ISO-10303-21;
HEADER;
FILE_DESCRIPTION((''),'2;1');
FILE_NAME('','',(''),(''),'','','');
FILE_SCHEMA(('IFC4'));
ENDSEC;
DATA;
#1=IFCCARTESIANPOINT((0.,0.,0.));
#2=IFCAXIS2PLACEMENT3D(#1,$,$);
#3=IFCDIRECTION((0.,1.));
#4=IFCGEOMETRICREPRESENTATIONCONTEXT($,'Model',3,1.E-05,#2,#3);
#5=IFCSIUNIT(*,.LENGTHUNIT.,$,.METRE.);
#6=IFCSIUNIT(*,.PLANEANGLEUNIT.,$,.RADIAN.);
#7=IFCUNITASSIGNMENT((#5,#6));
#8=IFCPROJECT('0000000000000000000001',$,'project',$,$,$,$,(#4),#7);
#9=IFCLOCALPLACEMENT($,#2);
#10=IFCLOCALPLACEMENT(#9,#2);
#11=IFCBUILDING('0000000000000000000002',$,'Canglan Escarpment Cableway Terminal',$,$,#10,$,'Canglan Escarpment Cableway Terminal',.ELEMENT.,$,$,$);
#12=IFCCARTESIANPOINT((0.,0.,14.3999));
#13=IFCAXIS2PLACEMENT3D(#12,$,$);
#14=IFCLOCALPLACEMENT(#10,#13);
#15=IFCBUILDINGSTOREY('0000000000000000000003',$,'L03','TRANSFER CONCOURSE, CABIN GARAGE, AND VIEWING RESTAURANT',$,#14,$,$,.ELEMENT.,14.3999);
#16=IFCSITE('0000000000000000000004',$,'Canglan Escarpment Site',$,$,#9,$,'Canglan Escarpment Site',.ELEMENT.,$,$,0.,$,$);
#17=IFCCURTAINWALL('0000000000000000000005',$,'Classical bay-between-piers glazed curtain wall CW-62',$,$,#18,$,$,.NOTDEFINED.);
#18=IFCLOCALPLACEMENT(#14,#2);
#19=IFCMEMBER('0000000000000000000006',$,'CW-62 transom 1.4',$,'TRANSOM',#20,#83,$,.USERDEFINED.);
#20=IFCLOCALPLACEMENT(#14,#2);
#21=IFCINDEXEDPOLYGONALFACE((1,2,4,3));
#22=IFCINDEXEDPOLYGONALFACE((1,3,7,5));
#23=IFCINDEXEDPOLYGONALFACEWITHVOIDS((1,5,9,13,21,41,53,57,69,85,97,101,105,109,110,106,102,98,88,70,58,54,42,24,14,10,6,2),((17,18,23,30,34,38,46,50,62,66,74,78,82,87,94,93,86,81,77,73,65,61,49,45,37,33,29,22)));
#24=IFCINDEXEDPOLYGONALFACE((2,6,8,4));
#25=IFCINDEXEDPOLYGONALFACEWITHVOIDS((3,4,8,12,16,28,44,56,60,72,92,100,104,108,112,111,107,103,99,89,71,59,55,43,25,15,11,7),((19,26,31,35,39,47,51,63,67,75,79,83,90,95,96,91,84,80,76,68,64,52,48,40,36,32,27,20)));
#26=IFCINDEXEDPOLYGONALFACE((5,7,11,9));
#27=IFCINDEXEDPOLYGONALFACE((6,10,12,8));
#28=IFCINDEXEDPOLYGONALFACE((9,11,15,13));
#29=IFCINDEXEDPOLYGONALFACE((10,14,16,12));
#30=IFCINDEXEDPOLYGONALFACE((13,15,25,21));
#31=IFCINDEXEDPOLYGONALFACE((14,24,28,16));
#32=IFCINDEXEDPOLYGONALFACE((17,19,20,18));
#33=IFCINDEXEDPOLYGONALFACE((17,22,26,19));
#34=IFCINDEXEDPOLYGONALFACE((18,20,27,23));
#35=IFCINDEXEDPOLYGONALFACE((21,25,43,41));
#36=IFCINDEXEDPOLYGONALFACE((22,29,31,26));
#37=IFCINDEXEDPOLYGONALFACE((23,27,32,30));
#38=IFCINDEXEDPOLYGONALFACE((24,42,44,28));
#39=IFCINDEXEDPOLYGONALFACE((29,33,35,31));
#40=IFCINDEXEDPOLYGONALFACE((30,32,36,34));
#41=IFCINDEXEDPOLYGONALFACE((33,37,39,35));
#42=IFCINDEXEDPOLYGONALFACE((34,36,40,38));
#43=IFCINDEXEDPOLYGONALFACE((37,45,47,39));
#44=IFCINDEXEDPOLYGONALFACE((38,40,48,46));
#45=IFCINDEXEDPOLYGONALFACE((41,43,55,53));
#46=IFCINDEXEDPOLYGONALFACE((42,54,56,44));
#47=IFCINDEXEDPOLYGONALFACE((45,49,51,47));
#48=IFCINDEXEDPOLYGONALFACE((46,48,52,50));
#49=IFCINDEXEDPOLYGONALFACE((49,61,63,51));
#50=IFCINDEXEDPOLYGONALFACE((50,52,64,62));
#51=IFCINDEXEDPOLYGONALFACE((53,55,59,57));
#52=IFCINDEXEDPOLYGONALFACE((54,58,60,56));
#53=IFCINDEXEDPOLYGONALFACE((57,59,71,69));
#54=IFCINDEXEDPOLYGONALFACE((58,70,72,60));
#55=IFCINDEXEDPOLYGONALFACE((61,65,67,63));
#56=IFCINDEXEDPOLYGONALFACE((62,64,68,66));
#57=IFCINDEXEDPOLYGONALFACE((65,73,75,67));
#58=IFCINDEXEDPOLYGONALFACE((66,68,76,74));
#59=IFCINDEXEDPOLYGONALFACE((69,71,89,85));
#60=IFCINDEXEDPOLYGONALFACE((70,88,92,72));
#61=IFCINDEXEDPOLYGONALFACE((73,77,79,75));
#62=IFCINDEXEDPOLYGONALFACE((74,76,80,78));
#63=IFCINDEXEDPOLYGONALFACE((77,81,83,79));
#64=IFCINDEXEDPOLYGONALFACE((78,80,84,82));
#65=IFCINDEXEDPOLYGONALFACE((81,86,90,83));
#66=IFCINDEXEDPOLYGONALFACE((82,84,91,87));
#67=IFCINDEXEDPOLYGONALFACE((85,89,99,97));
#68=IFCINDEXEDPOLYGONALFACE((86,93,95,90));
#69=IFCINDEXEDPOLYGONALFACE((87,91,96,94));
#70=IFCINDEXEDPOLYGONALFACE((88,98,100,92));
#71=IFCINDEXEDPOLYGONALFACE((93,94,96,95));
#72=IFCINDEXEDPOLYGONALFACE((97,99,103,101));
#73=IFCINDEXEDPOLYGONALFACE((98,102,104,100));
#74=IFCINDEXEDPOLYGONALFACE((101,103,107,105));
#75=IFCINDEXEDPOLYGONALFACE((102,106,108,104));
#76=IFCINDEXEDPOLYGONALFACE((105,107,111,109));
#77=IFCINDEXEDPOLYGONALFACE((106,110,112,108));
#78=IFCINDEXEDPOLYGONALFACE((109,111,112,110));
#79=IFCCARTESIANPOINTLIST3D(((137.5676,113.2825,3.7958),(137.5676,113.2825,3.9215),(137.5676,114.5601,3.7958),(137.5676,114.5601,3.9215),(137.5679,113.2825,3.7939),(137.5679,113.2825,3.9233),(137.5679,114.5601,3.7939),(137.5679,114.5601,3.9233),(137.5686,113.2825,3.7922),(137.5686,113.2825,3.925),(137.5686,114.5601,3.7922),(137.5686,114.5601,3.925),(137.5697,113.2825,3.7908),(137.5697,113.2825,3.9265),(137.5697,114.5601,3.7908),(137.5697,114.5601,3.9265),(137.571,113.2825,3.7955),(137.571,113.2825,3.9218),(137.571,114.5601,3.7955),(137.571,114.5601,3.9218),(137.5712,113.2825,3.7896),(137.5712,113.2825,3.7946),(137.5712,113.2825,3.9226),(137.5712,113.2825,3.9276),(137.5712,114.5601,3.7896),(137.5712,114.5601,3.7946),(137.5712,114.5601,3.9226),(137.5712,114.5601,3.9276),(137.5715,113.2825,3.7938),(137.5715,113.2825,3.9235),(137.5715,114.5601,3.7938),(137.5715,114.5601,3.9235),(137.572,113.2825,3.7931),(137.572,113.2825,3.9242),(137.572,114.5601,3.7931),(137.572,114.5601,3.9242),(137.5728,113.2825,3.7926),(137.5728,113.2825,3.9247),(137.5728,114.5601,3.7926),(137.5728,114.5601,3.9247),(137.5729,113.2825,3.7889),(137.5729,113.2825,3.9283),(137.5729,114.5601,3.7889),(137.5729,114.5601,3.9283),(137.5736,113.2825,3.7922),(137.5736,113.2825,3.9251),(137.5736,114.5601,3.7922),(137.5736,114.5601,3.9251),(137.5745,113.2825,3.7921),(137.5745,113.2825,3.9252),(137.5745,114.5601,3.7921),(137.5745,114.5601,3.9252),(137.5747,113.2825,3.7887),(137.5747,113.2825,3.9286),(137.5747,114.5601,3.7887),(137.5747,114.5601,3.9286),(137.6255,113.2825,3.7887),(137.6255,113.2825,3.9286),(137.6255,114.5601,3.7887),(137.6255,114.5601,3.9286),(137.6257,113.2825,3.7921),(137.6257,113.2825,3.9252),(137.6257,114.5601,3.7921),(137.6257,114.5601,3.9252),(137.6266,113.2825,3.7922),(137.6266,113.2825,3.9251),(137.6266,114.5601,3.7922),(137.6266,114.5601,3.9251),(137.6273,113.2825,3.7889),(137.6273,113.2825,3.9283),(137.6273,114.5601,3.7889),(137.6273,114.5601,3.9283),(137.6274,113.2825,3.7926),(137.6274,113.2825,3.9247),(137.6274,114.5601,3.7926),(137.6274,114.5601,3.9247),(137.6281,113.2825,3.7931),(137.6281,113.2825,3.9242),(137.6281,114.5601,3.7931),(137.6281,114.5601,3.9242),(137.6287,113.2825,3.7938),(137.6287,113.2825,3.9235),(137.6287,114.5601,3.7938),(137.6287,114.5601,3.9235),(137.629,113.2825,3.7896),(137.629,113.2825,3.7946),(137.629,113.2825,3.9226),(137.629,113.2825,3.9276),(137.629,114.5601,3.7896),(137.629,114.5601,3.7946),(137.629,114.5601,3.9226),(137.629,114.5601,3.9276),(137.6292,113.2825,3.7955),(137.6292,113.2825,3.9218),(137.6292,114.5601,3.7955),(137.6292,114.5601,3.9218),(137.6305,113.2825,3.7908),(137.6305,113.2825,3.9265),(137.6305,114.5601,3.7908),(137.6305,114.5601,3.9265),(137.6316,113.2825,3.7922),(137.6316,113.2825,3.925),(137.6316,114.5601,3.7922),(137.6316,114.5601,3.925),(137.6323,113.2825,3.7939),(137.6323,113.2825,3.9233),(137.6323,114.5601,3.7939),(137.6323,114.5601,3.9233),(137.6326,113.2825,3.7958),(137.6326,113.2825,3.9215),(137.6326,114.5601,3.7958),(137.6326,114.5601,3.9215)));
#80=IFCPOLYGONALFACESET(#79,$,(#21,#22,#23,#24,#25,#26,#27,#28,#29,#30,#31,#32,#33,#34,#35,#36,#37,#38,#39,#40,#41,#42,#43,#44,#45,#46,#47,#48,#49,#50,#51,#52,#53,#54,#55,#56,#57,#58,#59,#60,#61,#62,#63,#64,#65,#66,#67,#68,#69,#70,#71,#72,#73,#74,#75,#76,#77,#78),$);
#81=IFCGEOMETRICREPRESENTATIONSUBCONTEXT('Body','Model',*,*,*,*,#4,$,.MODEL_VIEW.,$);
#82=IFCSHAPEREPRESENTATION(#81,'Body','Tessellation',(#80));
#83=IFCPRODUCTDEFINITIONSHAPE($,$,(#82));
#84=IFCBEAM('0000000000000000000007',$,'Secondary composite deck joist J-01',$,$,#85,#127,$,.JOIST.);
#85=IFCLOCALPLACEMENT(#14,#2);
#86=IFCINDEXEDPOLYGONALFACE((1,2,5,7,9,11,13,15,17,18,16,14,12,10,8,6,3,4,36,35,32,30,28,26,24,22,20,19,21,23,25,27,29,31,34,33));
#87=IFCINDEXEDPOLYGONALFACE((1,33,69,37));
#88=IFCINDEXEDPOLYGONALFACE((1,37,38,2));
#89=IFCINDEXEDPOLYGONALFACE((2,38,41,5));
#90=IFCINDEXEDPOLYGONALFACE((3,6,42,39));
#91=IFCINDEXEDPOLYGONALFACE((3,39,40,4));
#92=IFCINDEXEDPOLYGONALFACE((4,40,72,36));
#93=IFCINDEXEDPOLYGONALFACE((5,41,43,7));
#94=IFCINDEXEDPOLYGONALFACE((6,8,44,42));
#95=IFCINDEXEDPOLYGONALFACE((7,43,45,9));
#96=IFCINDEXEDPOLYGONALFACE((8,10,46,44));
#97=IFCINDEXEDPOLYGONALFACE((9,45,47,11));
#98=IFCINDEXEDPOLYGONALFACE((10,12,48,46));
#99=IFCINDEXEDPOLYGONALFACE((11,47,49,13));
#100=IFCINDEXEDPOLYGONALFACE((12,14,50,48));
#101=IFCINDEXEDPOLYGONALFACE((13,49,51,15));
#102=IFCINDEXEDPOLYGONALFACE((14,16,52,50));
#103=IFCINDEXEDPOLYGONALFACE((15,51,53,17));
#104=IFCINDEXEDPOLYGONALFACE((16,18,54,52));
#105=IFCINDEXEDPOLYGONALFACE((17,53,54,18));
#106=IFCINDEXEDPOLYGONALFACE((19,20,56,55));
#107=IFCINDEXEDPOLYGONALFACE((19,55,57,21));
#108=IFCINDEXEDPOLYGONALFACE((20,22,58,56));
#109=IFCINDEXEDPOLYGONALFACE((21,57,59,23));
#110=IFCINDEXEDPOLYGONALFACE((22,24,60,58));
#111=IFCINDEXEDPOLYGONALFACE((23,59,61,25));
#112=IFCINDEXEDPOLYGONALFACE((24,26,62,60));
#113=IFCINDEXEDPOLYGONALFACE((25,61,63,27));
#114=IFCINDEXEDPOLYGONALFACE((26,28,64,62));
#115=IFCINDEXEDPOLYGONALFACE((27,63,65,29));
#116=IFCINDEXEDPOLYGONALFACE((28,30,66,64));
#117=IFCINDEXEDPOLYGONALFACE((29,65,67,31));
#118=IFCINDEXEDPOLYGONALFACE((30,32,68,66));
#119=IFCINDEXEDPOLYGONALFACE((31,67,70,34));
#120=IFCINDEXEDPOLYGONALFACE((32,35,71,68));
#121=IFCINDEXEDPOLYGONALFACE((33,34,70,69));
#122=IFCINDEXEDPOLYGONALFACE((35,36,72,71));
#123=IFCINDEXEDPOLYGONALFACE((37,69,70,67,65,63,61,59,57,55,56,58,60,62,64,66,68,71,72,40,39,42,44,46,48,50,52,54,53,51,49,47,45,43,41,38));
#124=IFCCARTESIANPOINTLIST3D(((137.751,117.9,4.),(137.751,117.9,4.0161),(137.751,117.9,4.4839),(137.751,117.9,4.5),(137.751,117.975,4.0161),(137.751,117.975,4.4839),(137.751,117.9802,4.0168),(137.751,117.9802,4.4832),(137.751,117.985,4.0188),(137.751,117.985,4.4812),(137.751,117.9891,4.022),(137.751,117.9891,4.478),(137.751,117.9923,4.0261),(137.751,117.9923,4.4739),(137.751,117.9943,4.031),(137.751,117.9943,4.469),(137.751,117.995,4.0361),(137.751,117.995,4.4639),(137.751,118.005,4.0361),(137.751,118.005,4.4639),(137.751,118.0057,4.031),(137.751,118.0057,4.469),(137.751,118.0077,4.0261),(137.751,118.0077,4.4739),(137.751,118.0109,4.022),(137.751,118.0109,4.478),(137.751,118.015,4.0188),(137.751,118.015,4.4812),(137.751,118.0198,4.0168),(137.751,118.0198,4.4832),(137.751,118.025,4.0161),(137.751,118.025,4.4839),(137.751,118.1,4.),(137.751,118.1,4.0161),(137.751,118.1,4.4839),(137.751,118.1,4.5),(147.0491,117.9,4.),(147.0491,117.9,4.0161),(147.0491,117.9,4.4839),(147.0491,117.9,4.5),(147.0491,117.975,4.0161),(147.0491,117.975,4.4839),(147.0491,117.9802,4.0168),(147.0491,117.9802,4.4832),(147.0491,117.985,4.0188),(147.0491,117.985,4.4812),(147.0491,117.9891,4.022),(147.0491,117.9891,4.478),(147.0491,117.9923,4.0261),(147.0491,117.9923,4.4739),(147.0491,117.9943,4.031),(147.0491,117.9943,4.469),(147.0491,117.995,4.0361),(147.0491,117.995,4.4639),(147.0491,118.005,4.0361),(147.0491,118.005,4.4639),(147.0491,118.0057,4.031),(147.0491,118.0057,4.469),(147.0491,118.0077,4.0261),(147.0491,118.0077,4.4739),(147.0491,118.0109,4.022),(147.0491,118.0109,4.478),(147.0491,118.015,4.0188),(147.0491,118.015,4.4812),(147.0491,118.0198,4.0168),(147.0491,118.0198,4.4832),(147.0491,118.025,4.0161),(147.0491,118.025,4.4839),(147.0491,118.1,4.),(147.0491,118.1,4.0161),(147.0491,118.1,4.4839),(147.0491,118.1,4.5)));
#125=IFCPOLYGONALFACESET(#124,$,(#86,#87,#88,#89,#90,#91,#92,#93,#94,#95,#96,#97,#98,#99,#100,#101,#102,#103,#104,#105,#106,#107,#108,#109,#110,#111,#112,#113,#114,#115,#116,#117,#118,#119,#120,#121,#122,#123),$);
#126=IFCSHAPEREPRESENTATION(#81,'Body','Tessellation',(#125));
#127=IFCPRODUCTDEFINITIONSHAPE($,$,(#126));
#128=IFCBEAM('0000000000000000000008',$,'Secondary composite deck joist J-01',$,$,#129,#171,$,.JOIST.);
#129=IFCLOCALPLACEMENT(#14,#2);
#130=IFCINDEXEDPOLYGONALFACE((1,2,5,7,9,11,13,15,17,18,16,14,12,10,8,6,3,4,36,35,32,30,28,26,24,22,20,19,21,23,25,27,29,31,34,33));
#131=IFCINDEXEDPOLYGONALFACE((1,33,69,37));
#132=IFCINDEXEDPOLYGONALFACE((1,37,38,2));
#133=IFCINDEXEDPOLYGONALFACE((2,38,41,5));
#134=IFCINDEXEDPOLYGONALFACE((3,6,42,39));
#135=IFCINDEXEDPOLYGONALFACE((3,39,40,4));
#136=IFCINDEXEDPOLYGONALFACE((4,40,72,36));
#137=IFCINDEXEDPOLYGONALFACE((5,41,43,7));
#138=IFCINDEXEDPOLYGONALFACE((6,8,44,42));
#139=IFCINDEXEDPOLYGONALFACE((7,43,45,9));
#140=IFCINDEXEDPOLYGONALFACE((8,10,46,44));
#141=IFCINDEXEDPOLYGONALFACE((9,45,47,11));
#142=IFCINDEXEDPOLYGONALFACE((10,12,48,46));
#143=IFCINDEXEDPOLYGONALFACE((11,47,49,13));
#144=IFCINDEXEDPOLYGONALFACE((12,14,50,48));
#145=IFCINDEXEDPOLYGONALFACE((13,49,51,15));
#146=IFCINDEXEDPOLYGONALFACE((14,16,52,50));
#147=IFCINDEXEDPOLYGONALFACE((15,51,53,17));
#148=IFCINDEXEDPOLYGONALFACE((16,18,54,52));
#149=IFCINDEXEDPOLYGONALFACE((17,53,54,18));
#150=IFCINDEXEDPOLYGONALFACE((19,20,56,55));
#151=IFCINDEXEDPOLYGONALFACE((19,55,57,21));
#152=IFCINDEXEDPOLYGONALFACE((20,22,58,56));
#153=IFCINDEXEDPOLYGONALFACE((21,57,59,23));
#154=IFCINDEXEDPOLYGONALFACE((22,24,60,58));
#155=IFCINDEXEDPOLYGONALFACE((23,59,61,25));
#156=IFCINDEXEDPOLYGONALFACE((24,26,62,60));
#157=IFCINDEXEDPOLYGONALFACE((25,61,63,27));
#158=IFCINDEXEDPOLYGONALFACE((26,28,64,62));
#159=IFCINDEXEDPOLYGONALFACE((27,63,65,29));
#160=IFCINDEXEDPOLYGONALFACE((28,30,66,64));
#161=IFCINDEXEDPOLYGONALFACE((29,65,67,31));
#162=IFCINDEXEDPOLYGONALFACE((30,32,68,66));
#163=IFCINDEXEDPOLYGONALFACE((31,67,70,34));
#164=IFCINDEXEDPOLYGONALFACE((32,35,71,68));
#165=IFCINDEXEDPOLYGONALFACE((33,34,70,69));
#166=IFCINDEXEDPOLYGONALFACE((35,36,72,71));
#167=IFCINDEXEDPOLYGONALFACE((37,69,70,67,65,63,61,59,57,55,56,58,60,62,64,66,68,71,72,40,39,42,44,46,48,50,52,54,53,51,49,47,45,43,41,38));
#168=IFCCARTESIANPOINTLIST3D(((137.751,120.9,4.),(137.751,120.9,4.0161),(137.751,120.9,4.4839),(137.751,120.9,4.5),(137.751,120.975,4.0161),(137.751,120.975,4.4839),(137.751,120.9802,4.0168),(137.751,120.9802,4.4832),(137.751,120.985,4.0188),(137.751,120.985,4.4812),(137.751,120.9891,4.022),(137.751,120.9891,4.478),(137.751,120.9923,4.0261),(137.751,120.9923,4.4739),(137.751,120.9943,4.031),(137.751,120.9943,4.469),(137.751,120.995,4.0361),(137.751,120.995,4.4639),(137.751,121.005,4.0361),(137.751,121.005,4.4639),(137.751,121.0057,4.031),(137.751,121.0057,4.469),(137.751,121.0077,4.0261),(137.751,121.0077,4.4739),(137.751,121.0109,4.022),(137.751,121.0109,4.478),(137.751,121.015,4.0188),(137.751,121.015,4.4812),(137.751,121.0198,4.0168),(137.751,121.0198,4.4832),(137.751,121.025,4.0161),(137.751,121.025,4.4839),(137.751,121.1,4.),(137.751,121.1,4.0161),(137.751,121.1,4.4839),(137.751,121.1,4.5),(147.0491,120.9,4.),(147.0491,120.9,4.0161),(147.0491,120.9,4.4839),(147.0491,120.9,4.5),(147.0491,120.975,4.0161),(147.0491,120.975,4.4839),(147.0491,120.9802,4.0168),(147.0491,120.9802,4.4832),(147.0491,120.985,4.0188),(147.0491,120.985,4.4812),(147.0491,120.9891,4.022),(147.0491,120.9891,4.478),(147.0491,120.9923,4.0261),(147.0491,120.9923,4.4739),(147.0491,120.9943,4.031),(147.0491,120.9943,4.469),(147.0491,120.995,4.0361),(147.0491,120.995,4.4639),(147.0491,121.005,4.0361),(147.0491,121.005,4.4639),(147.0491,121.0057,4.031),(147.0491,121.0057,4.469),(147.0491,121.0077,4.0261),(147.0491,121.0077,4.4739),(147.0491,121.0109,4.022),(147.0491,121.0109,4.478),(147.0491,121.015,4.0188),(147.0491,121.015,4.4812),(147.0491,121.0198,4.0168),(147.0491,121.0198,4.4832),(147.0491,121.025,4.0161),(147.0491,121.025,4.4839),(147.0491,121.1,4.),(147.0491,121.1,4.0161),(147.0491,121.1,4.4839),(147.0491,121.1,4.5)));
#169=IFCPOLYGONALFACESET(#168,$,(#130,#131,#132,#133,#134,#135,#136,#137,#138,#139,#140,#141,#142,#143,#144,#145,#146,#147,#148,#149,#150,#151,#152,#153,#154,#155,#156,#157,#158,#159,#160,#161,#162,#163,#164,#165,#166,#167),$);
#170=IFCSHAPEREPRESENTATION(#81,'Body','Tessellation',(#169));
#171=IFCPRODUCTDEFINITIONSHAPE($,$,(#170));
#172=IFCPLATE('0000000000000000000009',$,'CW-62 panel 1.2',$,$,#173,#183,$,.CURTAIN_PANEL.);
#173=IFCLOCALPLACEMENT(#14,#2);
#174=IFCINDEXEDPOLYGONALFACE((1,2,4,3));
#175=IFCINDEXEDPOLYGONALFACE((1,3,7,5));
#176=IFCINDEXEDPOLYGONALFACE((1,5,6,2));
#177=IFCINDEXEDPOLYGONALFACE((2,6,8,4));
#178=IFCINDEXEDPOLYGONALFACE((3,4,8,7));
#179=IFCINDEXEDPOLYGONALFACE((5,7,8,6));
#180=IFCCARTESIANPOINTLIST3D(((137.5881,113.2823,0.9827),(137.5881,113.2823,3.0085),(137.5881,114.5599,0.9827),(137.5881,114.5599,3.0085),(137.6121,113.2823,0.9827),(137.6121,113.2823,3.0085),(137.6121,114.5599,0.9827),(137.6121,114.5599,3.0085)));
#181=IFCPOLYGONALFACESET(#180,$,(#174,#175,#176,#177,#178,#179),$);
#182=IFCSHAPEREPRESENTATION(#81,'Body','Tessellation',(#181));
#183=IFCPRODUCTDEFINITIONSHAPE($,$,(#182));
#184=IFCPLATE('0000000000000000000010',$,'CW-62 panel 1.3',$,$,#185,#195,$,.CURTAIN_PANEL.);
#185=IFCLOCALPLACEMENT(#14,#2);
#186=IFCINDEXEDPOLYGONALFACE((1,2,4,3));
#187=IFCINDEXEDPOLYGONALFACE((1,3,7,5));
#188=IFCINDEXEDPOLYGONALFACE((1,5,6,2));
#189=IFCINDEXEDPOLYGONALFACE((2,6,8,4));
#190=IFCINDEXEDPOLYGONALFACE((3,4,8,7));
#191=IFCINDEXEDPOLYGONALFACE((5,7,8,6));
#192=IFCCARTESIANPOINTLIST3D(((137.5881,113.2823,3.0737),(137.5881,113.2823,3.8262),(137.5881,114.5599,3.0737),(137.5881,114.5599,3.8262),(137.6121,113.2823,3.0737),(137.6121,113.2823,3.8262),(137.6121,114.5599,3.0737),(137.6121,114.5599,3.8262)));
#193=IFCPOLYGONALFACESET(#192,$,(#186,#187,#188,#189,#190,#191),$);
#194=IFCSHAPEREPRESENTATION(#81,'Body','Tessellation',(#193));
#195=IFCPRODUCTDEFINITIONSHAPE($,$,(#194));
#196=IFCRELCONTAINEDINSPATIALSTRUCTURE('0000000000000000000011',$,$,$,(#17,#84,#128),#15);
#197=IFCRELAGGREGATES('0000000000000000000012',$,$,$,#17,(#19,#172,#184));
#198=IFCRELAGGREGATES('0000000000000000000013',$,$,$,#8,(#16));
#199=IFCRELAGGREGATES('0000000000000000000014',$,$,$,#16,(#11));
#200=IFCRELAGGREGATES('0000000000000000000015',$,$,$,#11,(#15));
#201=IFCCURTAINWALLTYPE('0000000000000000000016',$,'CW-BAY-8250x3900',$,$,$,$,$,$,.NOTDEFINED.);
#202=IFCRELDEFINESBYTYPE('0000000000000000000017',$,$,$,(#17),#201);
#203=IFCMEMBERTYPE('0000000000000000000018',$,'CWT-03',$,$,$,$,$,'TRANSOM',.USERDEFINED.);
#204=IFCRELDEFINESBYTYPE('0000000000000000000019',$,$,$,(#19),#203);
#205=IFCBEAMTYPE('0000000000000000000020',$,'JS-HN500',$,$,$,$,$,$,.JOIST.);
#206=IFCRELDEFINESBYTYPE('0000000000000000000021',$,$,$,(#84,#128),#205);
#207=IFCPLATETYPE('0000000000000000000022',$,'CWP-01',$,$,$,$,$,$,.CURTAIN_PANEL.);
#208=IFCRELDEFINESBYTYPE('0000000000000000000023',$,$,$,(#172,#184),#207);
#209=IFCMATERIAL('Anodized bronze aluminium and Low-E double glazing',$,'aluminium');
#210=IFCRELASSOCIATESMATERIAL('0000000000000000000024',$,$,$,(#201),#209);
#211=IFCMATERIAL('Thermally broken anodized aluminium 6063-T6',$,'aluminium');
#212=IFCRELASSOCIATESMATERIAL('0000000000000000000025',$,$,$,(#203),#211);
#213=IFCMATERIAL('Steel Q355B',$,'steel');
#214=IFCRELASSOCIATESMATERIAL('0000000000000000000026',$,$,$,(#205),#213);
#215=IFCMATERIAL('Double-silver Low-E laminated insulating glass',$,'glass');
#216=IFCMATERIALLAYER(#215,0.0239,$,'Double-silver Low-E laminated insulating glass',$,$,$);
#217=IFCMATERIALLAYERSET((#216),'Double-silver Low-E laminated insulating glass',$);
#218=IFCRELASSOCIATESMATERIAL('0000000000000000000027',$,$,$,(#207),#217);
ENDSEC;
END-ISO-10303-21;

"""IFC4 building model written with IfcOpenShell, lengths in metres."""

from ifc_helpers import new_model, si_unit, direction, frame, origin, origin_2d, place, context, subcontext, project, spatial, rectangle, hollow_rectangle, i_section, extrude, material, layer, layer_set, material_profile, profile_set, type_object, element, aggregate, save


model = new_model("IFC4")

# Units and contexts
model_context = context("Model", 3, precision=1e-05, world=origin(), true_north=direction((0.0, 1.0)))
body_context = subcontext(model_context, "Body", "Model", "MODEL_VIEW")
ifc_project = project(units=[si_unit("LENGTHUNIT", "METRE"), si_unit("PLANEANGLEUNIT", "RADIAN")], contexts=[model_context])

# Site, building, storey
site_placement = place(None, origin())
site = spatial("IfcSite", under=ifc_project, at=site_placement, Name="Canglan Escarpment Site", LongName="Canglan Escarpment Site", CompositionType="ELEMENT", RefElevation=0.0)
building_placement = place(site_placement, origin())
building = spatial("IfcBuilding", under=site, at=building_placement, Name="Canglan Escarpment Cableway Terminal", LongName="Canglan Escarpment Cableway Terminal", CompositionType="ELEMENT")
storey_placement = place(building_placement, frame((0.0, 0.0, 14.3999)))
storey = spatial("IfcBuildingStorey", under=building, at=storey_placement, Name="L03", Description="TRANSFER CONCOURSE, CABIN GARAGE, AND VIEWING RESTAURANT", CompositionType="ELEMENT", Elevation=14.3999)

# Curtain wall, member
ifc_material_1 = material(Name="Anodized bronze aluminium and Low-E double glazing", Category="aluminium")
curtain_wall_type = type_object("IfcCurtainWallType", Name="CW-BAY-8250x3900", PredefinedType="NOTDEFINED", material=ifc_material_1)
curtain_wall_placement = place(storey_placement, origin())
curtain_wall = element("IfcCurtainWall", 1, at=curtain_wall_placement, inside=storey, type_object=curtain_wall_type, Name="Classical bay-between-piers glazed curtain wall CW-62", PredefinedType="NOTDEFINED")
ifc_material_2 = material(Name="Thermally broken anodized aluminium 6063-T6", Category="aluminium")
ifc_material_profile_1 = material_profile(ifc_material_2, hollow_rectangle(XDim=0.0649, YDim=0.1399, WallThickness=0.0034, InnerFilletRadius=0.0034, OuterFilletRadius=0.0071, at=origin_2d()), Name="ALU-TRAN 65x140x3.5")
ifc_profile_set_1 = profile_set([ifc_material_profile_1], Name="Thermally broken anodized aluminium 6063-T6")
member_type_1 = type_object("IfcMemberType", Name="CWT-03", ElementType="TRANSOM", PredefinedType="USERDEFINED", material=ifc_profile_set_1)
member_1_placement = place(storey_placement, frame((137.6001, 114.5601, 3.8586), z_axis=(0.0, -1.0, 0.0), x_axis=(1.0, 0.0, 0.0)))
member_1 = element("IfcMember", 2, at=member_1_placement, type_object=member_type_1, Name="CW-62 transom 1.4", ObjectType="TRANSOM", PredefinedType="USERDEFINED", context=body_context, shape_type="SweptSolid", body=[
    extrude(hollow_rectangle(XDim=0.0649, YDim=0.1399, WallThickness=0.0034, InnerFilletRadius=0.0034, OuterFilletRadius=0.0071, at=origin_2d()), origin(), (0.0, 0.0, 1.0), 1.2776),
])

# Beams
ifc_material_3 = material(Name="Steel Q355B", Category="steel")
ifc_material_profile_2 = material_profile(ifc_material_3, i_section(OverallWidth=0.2, OverallDepth=0.5, WebThickness=0.01, FlangeThickness=0.0161, FilletRadius=0.02, at=origin_2d()), Name="HN 500x200x10x16")
ifc_profile_set_2 = profile_set([ifc_material_profile_2], Name="Steel Q355B")
beam_type_1 = type_object("IfcBeamType", Name="JS-HN500", PredefinedType="JOIST", material=ifc_profile_set_2)
for number, where, z_axis, x_axis, name in (
    (3, (137.751, 118.0, 4.25), (1.0, 0.0, 0.0), (0.0, 1.0, 0.0), "Secondary composite deck joist J-01"),
    (4, (137.751, 121.0, 4.25), (1.0, 0.0, 0.0), (0.0, 1.0, 0.0), "Secondary composite deck joist J-01"),
):
    element("IfcBeam", number, at=place(storey_placement, frame(where, z_axis=z_axis, x_axis=x_axis)), inside=storey, type_object=beam_type_1, Name=name, PredefinedType="JOIST", context=body_context, shape_type="SweptSolid", body=[
        extrude(i_section(OverallWidth=0.2, OverallDepth=0.5, WebThickness=0.01, FlangeThickness=0.0161, FilletRadius=0.02, at=origin_2d()), origin(), (0.0, 0.0, 1.0), 9.2981),
    ])

# Plates
ifc_material_4 = material(Name="Double-silver Low-E laminated insulating glass", Category="glass")
ifc_layer_1 = layer(ifc_material_4, 0.0239, Name="Double-silver Low-E laminated insulating glass")
ifc_layer_set_1 = layer_set([ifc_layer_1], Name="Double-silver Low-E laminated insulating glass")
plate_type = type_object("IfcPlateType", Name="CWP-01", PredefinedType="CURTAIN_PANEL", material=ifc_layer_set_1)
plate_1_placement = place(storey_placement, frame((137.6001, 113.9211, 0.9827), z_axis=(0.0, 0.0, 1.0), x_axis=(0.0, -1.0, 0.0)))
plate_1 = element("IfcPlate", 5, at=plate_1_placement, type_object=plate_type, Name="CW-62 panel 1.2", PredefinedType="CURTAIN_PANEL", context=body_context, shape_type="SweptSolid", body=[
    extrude(rectangle(XDim=1.2776, YDim=0.0239, at=origin_2d()), origin(), (0.0, 0.0, 1.0), 2.0259),
])
plate_2_placement = place(storey_placement, frame((137.6001, 113.9211, 3.0737), z_axis=(0.0, 0.0, 1.0), x_axis=(0.0, -1.0, 0.0)))
plate_2 = element("IfcPlate", 6, at=plate_2_placement, type_object=plate_type, Name="CW-62 panel 1.3", PredefinedType="CURTAIN_PANEL", context=body_context, shape_type="SweptSolid", body=[
    extrude(rectangle(XDim=1.2776, YDim=0.0239, at=origin_2d()), origin(), (0.0, 0.0, 1.0), 0.7524),
])
aggregate(curtain_wall, [member_1, plate_1, plate_2])

save(model, "model.ifc")
